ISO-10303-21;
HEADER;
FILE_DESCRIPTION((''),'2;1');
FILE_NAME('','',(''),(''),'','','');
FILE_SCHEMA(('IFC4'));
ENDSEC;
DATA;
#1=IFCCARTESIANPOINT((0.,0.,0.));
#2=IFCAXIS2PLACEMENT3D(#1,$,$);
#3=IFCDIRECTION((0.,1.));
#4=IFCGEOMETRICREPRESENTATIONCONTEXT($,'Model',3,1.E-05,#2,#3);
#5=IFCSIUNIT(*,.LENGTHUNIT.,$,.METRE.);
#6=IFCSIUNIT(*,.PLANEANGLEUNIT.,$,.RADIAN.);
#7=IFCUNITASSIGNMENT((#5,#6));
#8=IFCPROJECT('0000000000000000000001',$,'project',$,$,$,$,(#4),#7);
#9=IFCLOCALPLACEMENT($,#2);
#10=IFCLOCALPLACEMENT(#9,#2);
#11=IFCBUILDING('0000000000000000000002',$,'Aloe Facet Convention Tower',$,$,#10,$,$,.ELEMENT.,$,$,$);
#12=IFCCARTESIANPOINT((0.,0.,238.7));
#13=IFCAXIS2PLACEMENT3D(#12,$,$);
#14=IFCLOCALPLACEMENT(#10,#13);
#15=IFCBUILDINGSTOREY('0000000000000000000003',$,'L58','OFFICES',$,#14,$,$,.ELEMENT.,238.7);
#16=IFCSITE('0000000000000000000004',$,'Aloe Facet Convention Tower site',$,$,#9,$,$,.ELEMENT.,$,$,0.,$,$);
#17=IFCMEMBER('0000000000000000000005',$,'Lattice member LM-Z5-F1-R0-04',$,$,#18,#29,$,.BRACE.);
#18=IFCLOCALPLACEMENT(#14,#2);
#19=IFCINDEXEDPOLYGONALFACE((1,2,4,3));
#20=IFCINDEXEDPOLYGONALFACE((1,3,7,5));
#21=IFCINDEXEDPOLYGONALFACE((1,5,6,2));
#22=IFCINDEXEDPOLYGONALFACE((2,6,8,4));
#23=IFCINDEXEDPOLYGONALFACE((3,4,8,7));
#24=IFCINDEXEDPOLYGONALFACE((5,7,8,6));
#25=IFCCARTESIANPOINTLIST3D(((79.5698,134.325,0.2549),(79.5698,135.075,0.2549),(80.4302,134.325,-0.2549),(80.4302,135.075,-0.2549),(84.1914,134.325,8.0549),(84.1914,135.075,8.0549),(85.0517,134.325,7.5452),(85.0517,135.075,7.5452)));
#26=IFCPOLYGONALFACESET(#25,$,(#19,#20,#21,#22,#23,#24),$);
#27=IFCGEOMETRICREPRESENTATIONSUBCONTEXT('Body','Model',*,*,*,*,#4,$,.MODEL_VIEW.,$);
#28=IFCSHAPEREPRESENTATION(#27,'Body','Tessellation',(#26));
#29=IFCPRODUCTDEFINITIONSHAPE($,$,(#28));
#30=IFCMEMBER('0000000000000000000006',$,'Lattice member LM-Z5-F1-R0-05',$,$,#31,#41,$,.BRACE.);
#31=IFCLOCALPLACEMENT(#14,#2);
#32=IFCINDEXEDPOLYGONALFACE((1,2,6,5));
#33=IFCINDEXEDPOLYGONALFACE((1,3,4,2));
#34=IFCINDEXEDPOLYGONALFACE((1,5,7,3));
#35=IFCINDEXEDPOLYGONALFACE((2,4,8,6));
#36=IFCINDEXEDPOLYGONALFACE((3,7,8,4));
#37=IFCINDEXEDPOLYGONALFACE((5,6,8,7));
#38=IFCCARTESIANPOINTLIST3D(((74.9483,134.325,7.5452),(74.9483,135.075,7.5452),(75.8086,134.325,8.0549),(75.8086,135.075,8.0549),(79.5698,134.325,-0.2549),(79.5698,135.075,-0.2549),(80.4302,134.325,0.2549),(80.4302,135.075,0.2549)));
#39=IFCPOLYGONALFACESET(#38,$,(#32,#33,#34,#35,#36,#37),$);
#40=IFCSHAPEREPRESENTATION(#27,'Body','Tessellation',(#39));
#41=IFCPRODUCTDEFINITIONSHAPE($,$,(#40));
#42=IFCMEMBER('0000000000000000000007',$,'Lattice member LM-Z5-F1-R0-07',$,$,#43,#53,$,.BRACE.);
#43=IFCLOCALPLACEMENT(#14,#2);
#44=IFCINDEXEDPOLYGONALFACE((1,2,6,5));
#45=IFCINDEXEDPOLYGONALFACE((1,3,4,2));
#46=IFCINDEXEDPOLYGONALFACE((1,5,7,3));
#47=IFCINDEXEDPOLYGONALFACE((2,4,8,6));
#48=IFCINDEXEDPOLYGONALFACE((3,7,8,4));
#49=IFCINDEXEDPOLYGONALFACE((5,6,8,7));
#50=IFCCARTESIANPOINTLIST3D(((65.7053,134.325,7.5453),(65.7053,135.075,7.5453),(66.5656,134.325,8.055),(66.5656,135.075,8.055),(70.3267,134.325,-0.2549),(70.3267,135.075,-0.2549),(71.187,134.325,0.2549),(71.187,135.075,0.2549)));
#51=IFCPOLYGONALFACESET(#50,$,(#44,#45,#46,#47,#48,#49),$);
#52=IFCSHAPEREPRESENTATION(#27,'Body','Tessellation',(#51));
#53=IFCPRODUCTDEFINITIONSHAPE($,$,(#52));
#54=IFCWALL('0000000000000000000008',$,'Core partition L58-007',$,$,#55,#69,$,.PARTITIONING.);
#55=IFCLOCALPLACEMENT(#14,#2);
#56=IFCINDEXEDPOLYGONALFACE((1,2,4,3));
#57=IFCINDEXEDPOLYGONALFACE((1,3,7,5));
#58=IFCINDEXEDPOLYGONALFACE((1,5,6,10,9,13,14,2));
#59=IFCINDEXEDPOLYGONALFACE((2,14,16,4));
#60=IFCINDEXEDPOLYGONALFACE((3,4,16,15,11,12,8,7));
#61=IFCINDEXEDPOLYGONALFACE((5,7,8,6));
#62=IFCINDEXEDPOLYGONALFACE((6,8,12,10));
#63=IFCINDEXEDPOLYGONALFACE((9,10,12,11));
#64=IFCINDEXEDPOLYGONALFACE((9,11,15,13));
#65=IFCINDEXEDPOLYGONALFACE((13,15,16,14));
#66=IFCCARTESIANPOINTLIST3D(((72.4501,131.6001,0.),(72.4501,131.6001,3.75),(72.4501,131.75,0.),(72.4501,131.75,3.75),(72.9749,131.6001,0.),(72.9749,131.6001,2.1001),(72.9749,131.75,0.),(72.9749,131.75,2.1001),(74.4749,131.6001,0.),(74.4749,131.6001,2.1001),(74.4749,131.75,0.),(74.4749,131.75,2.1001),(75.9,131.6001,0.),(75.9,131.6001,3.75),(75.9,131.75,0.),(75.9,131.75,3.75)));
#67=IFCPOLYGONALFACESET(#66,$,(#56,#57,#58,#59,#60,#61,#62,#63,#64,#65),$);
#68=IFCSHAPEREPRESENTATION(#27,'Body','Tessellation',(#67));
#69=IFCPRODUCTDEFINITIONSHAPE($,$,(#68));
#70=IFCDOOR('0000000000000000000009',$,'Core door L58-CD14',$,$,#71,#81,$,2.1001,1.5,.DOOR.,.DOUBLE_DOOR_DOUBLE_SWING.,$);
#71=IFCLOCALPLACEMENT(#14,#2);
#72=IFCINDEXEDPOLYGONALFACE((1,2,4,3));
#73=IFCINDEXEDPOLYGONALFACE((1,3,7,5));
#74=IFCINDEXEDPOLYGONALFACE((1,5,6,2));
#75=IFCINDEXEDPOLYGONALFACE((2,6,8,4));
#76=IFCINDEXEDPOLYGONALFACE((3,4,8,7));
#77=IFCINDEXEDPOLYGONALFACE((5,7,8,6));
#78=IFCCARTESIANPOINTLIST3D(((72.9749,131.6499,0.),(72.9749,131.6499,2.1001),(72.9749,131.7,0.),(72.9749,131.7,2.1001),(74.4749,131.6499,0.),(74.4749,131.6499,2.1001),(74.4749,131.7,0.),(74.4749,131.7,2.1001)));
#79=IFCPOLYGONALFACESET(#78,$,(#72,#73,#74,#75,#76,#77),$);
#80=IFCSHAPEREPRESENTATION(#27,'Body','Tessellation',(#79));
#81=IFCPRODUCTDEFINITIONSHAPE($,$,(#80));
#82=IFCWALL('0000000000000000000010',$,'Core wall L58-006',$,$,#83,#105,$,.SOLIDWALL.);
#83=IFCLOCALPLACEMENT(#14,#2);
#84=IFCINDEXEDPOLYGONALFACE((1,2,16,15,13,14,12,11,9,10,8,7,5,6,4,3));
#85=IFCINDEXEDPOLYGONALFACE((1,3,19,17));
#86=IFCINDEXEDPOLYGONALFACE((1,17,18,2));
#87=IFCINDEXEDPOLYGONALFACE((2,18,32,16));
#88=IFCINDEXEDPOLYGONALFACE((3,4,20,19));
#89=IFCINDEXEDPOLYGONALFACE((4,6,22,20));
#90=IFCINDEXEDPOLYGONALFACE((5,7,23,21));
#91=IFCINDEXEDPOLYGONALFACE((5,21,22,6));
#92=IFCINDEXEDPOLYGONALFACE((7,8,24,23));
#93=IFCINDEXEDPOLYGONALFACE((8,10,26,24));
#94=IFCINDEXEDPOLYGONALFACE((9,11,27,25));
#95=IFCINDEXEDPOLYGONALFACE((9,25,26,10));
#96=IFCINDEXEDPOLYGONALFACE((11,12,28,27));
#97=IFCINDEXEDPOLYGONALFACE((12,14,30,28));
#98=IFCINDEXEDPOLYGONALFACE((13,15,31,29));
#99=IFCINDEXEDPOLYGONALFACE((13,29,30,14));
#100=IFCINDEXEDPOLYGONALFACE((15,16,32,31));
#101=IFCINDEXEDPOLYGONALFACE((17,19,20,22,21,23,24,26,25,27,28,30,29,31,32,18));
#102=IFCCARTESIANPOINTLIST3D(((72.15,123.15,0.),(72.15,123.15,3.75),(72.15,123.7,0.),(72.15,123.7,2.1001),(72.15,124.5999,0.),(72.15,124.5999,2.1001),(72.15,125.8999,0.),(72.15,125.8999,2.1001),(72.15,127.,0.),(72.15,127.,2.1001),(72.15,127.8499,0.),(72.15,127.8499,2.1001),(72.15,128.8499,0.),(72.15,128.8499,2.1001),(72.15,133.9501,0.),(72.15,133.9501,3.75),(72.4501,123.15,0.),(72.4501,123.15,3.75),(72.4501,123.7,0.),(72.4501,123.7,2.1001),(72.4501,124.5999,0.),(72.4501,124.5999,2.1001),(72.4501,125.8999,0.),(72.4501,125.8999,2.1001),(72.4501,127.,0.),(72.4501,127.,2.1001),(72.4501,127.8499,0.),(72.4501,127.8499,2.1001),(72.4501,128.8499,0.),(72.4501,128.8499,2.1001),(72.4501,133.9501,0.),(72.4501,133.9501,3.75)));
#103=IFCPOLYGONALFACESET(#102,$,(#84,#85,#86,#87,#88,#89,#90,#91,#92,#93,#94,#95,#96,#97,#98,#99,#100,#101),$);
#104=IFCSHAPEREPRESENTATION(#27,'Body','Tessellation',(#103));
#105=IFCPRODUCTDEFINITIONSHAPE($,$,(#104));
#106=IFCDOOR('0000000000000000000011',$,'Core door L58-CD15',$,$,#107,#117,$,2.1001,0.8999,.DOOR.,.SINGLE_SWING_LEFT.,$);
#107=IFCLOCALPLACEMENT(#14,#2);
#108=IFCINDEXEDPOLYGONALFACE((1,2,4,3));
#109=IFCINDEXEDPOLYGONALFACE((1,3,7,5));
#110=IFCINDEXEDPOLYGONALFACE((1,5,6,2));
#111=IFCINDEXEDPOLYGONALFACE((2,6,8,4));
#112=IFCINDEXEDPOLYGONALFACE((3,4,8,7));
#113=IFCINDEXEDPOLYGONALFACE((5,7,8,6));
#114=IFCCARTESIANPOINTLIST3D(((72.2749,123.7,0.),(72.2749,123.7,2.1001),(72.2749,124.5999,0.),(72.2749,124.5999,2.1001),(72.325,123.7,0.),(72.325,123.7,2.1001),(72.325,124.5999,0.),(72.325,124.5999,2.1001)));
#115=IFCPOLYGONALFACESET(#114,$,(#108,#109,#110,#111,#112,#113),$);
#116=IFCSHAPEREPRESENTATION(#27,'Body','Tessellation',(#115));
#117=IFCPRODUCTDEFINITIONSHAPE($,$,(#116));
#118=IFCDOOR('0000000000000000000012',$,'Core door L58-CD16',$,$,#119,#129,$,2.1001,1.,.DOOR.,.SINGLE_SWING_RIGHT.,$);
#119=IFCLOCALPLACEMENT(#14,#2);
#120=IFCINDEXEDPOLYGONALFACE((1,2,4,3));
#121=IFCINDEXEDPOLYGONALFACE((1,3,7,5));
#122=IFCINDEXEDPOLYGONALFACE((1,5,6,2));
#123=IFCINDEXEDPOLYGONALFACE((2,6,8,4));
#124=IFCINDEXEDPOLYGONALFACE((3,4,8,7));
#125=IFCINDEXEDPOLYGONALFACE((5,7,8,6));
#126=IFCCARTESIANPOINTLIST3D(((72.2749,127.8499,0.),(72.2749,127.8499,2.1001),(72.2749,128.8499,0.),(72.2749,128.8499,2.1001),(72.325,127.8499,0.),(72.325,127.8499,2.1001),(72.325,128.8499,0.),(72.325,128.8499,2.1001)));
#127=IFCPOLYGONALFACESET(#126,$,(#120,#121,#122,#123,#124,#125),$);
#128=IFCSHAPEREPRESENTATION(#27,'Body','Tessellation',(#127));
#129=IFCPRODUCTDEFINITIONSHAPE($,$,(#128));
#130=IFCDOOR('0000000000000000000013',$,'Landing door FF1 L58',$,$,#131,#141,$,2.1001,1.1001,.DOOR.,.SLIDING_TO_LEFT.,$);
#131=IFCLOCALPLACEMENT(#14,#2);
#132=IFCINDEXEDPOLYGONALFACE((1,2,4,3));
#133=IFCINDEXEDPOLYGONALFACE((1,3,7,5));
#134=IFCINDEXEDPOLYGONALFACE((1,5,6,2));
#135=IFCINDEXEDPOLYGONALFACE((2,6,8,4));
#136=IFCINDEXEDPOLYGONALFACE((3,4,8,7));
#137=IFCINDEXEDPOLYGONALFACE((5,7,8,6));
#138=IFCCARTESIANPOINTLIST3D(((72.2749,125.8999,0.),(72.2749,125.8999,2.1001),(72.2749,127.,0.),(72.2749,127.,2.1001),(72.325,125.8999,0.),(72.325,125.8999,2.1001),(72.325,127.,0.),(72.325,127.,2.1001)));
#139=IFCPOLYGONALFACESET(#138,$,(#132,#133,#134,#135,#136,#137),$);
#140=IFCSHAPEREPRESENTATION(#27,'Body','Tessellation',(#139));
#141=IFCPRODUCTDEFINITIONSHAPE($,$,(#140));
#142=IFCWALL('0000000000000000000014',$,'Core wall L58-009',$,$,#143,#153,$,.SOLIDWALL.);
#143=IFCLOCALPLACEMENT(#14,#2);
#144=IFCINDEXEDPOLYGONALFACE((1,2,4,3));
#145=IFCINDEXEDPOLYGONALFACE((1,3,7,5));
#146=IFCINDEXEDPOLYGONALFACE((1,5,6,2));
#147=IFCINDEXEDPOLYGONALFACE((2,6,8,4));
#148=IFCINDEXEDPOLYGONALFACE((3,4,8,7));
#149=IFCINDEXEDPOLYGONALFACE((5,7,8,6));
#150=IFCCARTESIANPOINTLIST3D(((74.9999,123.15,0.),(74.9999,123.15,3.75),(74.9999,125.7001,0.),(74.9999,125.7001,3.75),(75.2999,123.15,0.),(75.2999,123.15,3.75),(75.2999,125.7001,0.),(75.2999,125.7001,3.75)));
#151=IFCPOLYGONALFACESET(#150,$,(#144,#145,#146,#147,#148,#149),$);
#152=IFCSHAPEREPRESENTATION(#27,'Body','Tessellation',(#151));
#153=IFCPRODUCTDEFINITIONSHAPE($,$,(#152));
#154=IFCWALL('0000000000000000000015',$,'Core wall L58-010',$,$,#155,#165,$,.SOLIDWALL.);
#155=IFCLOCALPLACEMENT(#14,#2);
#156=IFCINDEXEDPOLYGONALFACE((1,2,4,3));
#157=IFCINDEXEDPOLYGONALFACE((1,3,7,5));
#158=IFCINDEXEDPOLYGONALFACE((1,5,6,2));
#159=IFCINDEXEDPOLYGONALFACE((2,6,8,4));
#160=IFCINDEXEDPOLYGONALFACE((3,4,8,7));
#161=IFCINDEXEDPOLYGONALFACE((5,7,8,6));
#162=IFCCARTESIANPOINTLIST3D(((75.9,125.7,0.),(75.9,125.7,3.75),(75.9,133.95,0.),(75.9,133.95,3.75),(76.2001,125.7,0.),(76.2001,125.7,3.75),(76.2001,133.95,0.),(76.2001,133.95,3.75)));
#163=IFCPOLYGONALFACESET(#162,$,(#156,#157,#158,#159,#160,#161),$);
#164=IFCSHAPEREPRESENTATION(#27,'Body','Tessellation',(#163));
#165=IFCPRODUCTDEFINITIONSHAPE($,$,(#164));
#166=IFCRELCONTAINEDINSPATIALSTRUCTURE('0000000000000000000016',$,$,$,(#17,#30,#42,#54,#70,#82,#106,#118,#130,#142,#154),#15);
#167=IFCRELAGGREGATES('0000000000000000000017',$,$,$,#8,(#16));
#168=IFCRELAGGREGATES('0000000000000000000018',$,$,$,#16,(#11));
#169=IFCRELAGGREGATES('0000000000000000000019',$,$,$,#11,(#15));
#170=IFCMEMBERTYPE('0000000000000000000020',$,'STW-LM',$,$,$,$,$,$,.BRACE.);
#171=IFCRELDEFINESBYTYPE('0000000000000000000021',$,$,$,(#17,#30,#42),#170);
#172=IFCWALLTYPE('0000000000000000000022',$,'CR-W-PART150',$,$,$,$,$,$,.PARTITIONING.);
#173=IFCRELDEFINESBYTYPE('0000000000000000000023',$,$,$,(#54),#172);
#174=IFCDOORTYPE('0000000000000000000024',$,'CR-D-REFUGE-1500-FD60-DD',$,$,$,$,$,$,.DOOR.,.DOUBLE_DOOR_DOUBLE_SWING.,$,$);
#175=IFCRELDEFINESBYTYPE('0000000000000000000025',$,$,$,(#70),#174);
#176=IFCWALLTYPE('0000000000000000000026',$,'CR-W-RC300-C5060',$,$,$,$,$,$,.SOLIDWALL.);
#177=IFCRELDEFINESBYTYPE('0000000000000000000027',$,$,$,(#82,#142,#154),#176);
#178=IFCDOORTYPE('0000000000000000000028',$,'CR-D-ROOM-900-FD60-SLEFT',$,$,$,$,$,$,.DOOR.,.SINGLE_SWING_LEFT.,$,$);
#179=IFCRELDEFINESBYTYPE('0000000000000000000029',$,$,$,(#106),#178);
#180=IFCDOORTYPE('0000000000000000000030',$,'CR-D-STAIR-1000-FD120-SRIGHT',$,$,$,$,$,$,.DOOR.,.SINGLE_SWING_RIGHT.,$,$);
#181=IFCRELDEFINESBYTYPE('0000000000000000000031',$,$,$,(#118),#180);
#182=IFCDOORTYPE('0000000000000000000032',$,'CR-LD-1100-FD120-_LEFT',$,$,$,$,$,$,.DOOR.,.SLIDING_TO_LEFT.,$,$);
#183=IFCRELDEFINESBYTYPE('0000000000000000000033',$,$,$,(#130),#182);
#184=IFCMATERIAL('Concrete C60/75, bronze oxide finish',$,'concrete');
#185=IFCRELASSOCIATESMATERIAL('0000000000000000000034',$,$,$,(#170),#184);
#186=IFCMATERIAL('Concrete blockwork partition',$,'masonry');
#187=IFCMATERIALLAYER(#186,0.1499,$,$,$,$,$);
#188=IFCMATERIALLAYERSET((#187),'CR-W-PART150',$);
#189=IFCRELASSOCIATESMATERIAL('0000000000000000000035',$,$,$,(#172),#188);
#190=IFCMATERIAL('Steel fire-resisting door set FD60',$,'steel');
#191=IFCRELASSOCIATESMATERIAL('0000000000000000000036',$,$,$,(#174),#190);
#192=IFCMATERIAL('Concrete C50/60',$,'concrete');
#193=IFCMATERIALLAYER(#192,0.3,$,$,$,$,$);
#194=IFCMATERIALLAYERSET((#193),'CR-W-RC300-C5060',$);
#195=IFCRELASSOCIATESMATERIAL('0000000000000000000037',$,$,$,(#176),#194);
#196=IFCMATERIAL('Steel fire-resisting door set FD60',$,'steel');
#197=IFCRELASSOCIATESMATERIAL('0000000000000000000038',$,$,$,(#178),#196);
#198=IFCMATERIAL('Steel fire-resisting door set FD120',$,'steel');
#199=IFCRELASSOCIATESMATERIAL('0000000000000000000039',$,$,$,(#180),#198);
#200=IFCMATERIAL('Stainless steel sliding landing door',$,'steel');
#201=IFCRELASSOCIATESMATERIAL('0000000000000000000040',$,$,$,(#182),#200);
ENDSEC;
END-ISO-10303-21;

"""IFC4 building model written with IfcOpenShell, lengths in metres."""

from ifc_helpers import new_model, si_unit, direction, frame, frame_2d, origin, origin_2d, place, context, subcontext, project, spatial, rectangle, extrude, material, layer, layer_set, material_profile, profile_set, type_object, element, fill, save


model = new_model("IFC4")

# Units and contexts
model_context = context("Model", 3, precision=1e-05, world=origin(), true_north=direction((0.0, 1.0)))
body_context = subcontext(model_context, "Body", "Model", "MODEL_VIEW")
ifc_project = project(units=[si_unit("LENGTHUNIT", "METRE"), si_unit("PLANEANGLEUNIT", "RADIAN")], contexts=[model_context])

# Site, building, storey
site_placement = place(None, origin())
site = spatial("IfcSite", under=ifc_project, at=site_placement, Name="Aloe Facet Convention Tower site", CompositionType="ELEMENT", RefElevation=0.0)
building_placement = place(site_placement, origin())
building = spatial("IfcBuilding", under=site, at=building_placement, Name="Aloe Facet Convention Tower", CompositionType="ELEMENT")
storey_placement = place(building_placement, frame((0.0, 0.0, 238.7)))
storey = spatial("IfcBuildingStorey", under=building, at=storey_placement, Name="L58", Description="OFFICES", CompositionType="ELEMENT", Elevation=238.7)

# Members
ifc_material_1 = material(Name="Concrete C60/75, bronze oxide finish", Category="concrete")
ifc_material_profile = material_profile(ifc_material_1, rectangle(XDim=0.75, YDim=1.0, at=origin_2d()), Name="STW-LM")
ifc_profile_set = profile_set([ifc_material_profile], Name="Concrete C60/75, bronze oxide finish")
member_type = type_object("IfcMemberType", Name="STW-LM", PredefinedType="BRACE", material=ifc_profile_set)
for number, where, z_axis, x_axis, name in (
    (1, (80.0, 134.7, 0.0), (0.509748, 0.0, 0.860324), (0.0, 1.0, 0.0), "Lattice member LM-Z5-F1-R0-04"),
    (2, (80.0, 134.7, 0.0), (-0.509748, 0.0, 0.860324), (0.0, -1.0, 0.0), "Lattice member LM-Z5-F1-R0-05"),
    (3, (70.7568, 134.7, 0.0), (-0.509728, 0.0, 0.860336), (0.0, -1.0, 0.0), "Lattice member LM-Z5-F1-R0-07"),
):
    element("IfcMember", number, at=place(storey_placement, frame(where, z_axis=z_axis, x_axis=x_axis)), inside=storey, type_object=member_type, Name=name, PredefinedType="BRACE", context=body_context, shape_type="SweptSolid", body=[
        extrude(rectangle(XDim=0.75, YDim=1.0, at=origin_2d()), origin(), (0.0, 0.0, 1.0), 9.0664),
    ])

# Wall, opening, door
ifc_material_2 = material(Name="Concrete blockwork partition", Category="masonry")
ifc_layer_1 = layer(ifc_material_2, 0.1499)
ifc_layer_set_1 = layer_set([ifc_layer_1], Name="CR-W-PART150")
wall_type_1 = type_object("IfcWallType", Name="CR-W-PART150", PredefinedType="PARTITIONING", material=ifc_layer_set_1)
wall_1_placement = place(storey_placement, frame((72.45, 131.675, 0.0), z_axis=(0.0, 0.0, 1.0), x_axis=(1.0, 0.0, 0.0)))
wall_1 = element("IfcWall", 4, at=wall_1_placement, inside=storey, type_object=wall_type_1, Name="Core partition L58-007", PredefinedType="PARTITIONING", context=body_context, shape_type="SweptSolid", body=[
    extrude(rectangle(XDim=3.45, YDim=0.1499, at=frame_2d((1.7251, 0.0))), origin(), (0.0, 0.0, 1.0), 3.75),
])
opening_1_placement = place(wall_1_placement, frame((0.5249, 0.0, 0.0)))
opening_1 = element("IfcOpeningElement", 5, at=opening_1_placement, cuts=wall_1, PredefinedType="OPENING", context=body_context, shape_type="SweptSolid", body=[
    extrude(rectangle(XDim=1.5, YDim=2.1001, at=frame_2d((0.75, 1.05))), frame((0.0, 0.085, 0.0), z_axis=(0.0, -1.0, 0.0), x_axis=(1.0, 0.0, 0.0)), (0.0, 0.0, 1.0), 0.1699),
])
ifc_material_3 = material(Name="Steel fire-resisting door set FD60", Category="steel")
door_type_1 = type_object("IfcDoorType", Name="CR-D-REFUGE-1500-FD60-DD", OperationType="DOUBLE_DOOR_DOUBLE_SWING", PredefinedType="DOOR", material=ifc_material_3)
door_1_placement = place(opening_1_placement, origin())
door_1 = element("IfcDoor", 6, at=door_1_placement, inside=storey, type_object=door_type_1, Name="Core door L58-CD14", OperationType="DOUBLE_DOOR_DOUBLE_SWING", OverallHeight=2.1001, OverallWidth=1.5, PredefinedType="DOOR", context=body_context, shape_type="SweptSolid", body=[
    extrude(rectangle(XDim=1.5, YDim=2.1001, at=frame_2d((0.75, 1.05))), frame((0.0, 0.0249, 0.0), z_axis=(0.0, -1.0, 0.0), x_axis=(1.0, 0.0, 0.0)), (0.0, 0.0, 1.0), 0.05),
])
fill(opening_1, door_1)

# Wall, openings, doors
ifc_material_4 = material(Name="Concrete C50/60", Category="concrete")
ifc_layer_2 = layer(ifc_material_4, 0.3)
ifc_layer_set_2 = layer_set([ifc_layer_2], Name="CR-W-RC300-C5060")
wall_type_2 = type_object("IfcWallType", Name="CR-W-RC300-C5060", PredefinedType="SOLIDWALL", material=ifc_layer_set_2)
wall_2_placement = place(storey_placement, frame((72.3, 133.95, 0.0), z_axis=(0.0, 0.0, 1.0), x_axis=(0.0, -1.0, 0.0)))
wall_2 = element("IfcWall", 7, at=wall_2_placement, inside=storey, type_object=wall_type_2, Name="Core wall L58-006", PredefinedType="SOLIDWALL", context=body_context, shape_type="SweptSolid", body=[
    extrude(rectangle(XDim=10.8, YDim=0.3, at=frame_2d((5.3999, 0.0))), origin(), (0.0, 0.0, 1.0), 3.75),
])
opening_2_placement = place(wall_2_placement, frame((6.95, 0.0, 0.0)))
opening_2 = element("IfcOpeningElement", 8, at=opening_2_placement, cuts=wall_2, PredefinedType="OPENING", context=body_context, shape_type="SweptSolid", body=[
    extrude(rectangle(XDim=1.1001, YDim=2.1001, at=frame_2d((0.55, 1.05))), frame((0.0, 0.1602, 0.0), z_axis=(0.0, -1.0, 0.0), x_axis=(1.0, 0.0, 0.0)), (0.0, 0.0, 1.0), 0.3201),
])
opening_3_placement = place(wall_2_placement, frame((9.3501, 0.0, 0.0)))
opening_3 = element("IfcOpeningElement", 9, at=opening_3_placement, cuts=wall_2, PredefinedType="OPENING", context=body_context, shape_type="SweptSolid", body=[
    extrude(rectangle(XDim=0.8999, YDim=2.1001, at=frame_2d((0.45, 1.05))), frame((0.0, 0.1602, 0.0), z_axis=(0.0, -1.0, 0.0), x_axis=(1.0, 0.0, 0.0)), (0.0, 0.0, 1.0), 0.3201),
])
opening_4_placement = place(wall_2_placement, frame((5.1001, 0.0, 0.0)))
opening_4 = element("IfcOpeningElement", 10, at=opening_4_placement, cuts=wall_2, PredefinedType="OPENING", context=body_context, shape_type="SweptSolid", body=[
    extrude(rectangle(XDim=1.0, YDim=2.1001, at=frame_2d((0.5, 1.05))), frame((0.0, 0.1602, 0.0), z_axis=(0.0, -1.0, 0.0), x_axis=(1.0, 0.0, 0.0)), (0.0, 0.0, 1.0), 0.3201),
])
ifc_material_5 = material(Name="Steel fire-resisting door set FD60", Category="steel")
door_type_2 = type_object("IfcDoorType", Name="CR-D-ROOM-900-FD60-SLEFT", OperationType="SINGLE_SWING_LEFT", PredefinedType="DOOR", material=ifc_material_5)
door_2_placement = place(opening_3_placement, origin())
door_2 = element("IfcDoor", 11, at=door_2_placement, inside=storey, type_object=door_type_2, Name="Core door L58-CD15", OperationType="SINGLE_SWING_LEFT", OverallHeight=2.1001, OverallWidth=0.8999, PredefinedType="DOOR", context=body_context, shape_type="SweptSolid", body=[
    extrude(rectangle(XDim=0.8999, YDim=2.1001, at=frame_2d((0.45, 1.05))), frame((0.0, 0.0249, 0.0), z_axis=(0.0, -1.0, 0.0), x_axis=(1.0, 0.0, 0.0)), (0.0, 0.0, 1.0), 0.05),
])
fill(opening_3, door_2)
ifc_material_6 = material(Name="Steel fire-resisting door set FD120", Category="steel")
door_type_3 = type_object("IfcDoorType", Name="CR-D-STAIR-1000-FD120-SRIGHT", OperationType="SINGLE_SWING_RIGHT", PredefinedType="DOOR", material=ifc_material_6)
door_3_placement = place(opening_4_placement, origin())
door_3 = element("IfcDoor", 12, at=door_3_placement, inside=storey, type_object=door_type_3, Name="Core door L58-CD16", OperationType="SINGLE_SWING_RIGHT", OverallHeight=2.1001, OverallWidth=1.0, PredefinedType="DOOR", context=body_context, shape_type="SweptSolid", body=[
    extrude(rectangle(XDim=1.0, YDim=2.1001, at=frame_2d((0.5, 1.05))), frame((0.0, 0.0249, 0.0), z_axis=(0.0, -1.0, 0.0), x_axis=(1.0, 0.0, 0.0)), (0.0, 0.0, 1.0), 0.05),
])
fill(opening_4, door_3)
ifc_material_7 = material(Name="Stainless steel sliding landing door", Category="steel")
door_type_4 = type_object("IfcDoorType", Name="CR-LD-1100-FD120-_LEFT", OperationType="SLIDING_TO_LEFT", PredefinedType="DOOR", material=ifc_material_7)
door_4_placement = place(opening_2_placement, origin())
door_4 = element("IfcDoor", 13, at=door_4_placement, inside=storey, type_object=door_type_4, Name="Landing door FF1 L58", OperationType="SLIDING_TO_LEFT", OverallHeight=2.1001, OverallWidth=1.1001, PredefinedType="DOOR", context=body_context, shape_type="SweptSolid", body=[
    extrude(rectangle(XDim=1.1001, YDim=2.1001, at=frame_2d((0.55, 1.05))), frame((0.0, 0.0249, 0.0), z_axis=(0.0, -1.0, 0.0), x_axis=(1.0, 0.0, 0.0)), (0.0, 0.0, 1.0), 0.05),
])
fill(opening_2, door_4)

# Walls
wall_3_placement = place(storey_placement, frame((75.1499, 125.7, 0.0), z_axis=(0.0, 0.0, 1.0), x_axis=(0.0, -1.0, 0.0)))
element("IfcWall", 14, at=wall_3_placement, inside=storey, type_object=wall_type_2, Name="Core wall L58-009", PredefinedType="SOLIDWALL", context=body_context, shape_type="SweptSolid", body=[
    extrude(rectangle(XDim=2.55, YDim=0.3, at=frame_2d((1.2749, 0.0))), origin(), (0.0, 0.0, 1.0), 3.75),
])
wall_4_placement = place(storey_placement, frame((76.05, 133.95, 0.0), z_axis=(0.0, 0.0, 1.0), x_axis=(0.0, -1.0, 0.0)))
element("IfcWall", 15, at=wall_4_placement, inside=storey, type_object=wall_type_2, Name="Core wall L58-010", PredefinedType="SOLIDWALL", context=body_context, shape_type="SweptSolid", body=[
    extrude(rectangle(XDim=8.25, YDim=0.3, at=frame_2d((4.125, 0.0))), origin(), (0.0, 0.0, 1.0), 3.75),
])

save(model, "model.ifc")
